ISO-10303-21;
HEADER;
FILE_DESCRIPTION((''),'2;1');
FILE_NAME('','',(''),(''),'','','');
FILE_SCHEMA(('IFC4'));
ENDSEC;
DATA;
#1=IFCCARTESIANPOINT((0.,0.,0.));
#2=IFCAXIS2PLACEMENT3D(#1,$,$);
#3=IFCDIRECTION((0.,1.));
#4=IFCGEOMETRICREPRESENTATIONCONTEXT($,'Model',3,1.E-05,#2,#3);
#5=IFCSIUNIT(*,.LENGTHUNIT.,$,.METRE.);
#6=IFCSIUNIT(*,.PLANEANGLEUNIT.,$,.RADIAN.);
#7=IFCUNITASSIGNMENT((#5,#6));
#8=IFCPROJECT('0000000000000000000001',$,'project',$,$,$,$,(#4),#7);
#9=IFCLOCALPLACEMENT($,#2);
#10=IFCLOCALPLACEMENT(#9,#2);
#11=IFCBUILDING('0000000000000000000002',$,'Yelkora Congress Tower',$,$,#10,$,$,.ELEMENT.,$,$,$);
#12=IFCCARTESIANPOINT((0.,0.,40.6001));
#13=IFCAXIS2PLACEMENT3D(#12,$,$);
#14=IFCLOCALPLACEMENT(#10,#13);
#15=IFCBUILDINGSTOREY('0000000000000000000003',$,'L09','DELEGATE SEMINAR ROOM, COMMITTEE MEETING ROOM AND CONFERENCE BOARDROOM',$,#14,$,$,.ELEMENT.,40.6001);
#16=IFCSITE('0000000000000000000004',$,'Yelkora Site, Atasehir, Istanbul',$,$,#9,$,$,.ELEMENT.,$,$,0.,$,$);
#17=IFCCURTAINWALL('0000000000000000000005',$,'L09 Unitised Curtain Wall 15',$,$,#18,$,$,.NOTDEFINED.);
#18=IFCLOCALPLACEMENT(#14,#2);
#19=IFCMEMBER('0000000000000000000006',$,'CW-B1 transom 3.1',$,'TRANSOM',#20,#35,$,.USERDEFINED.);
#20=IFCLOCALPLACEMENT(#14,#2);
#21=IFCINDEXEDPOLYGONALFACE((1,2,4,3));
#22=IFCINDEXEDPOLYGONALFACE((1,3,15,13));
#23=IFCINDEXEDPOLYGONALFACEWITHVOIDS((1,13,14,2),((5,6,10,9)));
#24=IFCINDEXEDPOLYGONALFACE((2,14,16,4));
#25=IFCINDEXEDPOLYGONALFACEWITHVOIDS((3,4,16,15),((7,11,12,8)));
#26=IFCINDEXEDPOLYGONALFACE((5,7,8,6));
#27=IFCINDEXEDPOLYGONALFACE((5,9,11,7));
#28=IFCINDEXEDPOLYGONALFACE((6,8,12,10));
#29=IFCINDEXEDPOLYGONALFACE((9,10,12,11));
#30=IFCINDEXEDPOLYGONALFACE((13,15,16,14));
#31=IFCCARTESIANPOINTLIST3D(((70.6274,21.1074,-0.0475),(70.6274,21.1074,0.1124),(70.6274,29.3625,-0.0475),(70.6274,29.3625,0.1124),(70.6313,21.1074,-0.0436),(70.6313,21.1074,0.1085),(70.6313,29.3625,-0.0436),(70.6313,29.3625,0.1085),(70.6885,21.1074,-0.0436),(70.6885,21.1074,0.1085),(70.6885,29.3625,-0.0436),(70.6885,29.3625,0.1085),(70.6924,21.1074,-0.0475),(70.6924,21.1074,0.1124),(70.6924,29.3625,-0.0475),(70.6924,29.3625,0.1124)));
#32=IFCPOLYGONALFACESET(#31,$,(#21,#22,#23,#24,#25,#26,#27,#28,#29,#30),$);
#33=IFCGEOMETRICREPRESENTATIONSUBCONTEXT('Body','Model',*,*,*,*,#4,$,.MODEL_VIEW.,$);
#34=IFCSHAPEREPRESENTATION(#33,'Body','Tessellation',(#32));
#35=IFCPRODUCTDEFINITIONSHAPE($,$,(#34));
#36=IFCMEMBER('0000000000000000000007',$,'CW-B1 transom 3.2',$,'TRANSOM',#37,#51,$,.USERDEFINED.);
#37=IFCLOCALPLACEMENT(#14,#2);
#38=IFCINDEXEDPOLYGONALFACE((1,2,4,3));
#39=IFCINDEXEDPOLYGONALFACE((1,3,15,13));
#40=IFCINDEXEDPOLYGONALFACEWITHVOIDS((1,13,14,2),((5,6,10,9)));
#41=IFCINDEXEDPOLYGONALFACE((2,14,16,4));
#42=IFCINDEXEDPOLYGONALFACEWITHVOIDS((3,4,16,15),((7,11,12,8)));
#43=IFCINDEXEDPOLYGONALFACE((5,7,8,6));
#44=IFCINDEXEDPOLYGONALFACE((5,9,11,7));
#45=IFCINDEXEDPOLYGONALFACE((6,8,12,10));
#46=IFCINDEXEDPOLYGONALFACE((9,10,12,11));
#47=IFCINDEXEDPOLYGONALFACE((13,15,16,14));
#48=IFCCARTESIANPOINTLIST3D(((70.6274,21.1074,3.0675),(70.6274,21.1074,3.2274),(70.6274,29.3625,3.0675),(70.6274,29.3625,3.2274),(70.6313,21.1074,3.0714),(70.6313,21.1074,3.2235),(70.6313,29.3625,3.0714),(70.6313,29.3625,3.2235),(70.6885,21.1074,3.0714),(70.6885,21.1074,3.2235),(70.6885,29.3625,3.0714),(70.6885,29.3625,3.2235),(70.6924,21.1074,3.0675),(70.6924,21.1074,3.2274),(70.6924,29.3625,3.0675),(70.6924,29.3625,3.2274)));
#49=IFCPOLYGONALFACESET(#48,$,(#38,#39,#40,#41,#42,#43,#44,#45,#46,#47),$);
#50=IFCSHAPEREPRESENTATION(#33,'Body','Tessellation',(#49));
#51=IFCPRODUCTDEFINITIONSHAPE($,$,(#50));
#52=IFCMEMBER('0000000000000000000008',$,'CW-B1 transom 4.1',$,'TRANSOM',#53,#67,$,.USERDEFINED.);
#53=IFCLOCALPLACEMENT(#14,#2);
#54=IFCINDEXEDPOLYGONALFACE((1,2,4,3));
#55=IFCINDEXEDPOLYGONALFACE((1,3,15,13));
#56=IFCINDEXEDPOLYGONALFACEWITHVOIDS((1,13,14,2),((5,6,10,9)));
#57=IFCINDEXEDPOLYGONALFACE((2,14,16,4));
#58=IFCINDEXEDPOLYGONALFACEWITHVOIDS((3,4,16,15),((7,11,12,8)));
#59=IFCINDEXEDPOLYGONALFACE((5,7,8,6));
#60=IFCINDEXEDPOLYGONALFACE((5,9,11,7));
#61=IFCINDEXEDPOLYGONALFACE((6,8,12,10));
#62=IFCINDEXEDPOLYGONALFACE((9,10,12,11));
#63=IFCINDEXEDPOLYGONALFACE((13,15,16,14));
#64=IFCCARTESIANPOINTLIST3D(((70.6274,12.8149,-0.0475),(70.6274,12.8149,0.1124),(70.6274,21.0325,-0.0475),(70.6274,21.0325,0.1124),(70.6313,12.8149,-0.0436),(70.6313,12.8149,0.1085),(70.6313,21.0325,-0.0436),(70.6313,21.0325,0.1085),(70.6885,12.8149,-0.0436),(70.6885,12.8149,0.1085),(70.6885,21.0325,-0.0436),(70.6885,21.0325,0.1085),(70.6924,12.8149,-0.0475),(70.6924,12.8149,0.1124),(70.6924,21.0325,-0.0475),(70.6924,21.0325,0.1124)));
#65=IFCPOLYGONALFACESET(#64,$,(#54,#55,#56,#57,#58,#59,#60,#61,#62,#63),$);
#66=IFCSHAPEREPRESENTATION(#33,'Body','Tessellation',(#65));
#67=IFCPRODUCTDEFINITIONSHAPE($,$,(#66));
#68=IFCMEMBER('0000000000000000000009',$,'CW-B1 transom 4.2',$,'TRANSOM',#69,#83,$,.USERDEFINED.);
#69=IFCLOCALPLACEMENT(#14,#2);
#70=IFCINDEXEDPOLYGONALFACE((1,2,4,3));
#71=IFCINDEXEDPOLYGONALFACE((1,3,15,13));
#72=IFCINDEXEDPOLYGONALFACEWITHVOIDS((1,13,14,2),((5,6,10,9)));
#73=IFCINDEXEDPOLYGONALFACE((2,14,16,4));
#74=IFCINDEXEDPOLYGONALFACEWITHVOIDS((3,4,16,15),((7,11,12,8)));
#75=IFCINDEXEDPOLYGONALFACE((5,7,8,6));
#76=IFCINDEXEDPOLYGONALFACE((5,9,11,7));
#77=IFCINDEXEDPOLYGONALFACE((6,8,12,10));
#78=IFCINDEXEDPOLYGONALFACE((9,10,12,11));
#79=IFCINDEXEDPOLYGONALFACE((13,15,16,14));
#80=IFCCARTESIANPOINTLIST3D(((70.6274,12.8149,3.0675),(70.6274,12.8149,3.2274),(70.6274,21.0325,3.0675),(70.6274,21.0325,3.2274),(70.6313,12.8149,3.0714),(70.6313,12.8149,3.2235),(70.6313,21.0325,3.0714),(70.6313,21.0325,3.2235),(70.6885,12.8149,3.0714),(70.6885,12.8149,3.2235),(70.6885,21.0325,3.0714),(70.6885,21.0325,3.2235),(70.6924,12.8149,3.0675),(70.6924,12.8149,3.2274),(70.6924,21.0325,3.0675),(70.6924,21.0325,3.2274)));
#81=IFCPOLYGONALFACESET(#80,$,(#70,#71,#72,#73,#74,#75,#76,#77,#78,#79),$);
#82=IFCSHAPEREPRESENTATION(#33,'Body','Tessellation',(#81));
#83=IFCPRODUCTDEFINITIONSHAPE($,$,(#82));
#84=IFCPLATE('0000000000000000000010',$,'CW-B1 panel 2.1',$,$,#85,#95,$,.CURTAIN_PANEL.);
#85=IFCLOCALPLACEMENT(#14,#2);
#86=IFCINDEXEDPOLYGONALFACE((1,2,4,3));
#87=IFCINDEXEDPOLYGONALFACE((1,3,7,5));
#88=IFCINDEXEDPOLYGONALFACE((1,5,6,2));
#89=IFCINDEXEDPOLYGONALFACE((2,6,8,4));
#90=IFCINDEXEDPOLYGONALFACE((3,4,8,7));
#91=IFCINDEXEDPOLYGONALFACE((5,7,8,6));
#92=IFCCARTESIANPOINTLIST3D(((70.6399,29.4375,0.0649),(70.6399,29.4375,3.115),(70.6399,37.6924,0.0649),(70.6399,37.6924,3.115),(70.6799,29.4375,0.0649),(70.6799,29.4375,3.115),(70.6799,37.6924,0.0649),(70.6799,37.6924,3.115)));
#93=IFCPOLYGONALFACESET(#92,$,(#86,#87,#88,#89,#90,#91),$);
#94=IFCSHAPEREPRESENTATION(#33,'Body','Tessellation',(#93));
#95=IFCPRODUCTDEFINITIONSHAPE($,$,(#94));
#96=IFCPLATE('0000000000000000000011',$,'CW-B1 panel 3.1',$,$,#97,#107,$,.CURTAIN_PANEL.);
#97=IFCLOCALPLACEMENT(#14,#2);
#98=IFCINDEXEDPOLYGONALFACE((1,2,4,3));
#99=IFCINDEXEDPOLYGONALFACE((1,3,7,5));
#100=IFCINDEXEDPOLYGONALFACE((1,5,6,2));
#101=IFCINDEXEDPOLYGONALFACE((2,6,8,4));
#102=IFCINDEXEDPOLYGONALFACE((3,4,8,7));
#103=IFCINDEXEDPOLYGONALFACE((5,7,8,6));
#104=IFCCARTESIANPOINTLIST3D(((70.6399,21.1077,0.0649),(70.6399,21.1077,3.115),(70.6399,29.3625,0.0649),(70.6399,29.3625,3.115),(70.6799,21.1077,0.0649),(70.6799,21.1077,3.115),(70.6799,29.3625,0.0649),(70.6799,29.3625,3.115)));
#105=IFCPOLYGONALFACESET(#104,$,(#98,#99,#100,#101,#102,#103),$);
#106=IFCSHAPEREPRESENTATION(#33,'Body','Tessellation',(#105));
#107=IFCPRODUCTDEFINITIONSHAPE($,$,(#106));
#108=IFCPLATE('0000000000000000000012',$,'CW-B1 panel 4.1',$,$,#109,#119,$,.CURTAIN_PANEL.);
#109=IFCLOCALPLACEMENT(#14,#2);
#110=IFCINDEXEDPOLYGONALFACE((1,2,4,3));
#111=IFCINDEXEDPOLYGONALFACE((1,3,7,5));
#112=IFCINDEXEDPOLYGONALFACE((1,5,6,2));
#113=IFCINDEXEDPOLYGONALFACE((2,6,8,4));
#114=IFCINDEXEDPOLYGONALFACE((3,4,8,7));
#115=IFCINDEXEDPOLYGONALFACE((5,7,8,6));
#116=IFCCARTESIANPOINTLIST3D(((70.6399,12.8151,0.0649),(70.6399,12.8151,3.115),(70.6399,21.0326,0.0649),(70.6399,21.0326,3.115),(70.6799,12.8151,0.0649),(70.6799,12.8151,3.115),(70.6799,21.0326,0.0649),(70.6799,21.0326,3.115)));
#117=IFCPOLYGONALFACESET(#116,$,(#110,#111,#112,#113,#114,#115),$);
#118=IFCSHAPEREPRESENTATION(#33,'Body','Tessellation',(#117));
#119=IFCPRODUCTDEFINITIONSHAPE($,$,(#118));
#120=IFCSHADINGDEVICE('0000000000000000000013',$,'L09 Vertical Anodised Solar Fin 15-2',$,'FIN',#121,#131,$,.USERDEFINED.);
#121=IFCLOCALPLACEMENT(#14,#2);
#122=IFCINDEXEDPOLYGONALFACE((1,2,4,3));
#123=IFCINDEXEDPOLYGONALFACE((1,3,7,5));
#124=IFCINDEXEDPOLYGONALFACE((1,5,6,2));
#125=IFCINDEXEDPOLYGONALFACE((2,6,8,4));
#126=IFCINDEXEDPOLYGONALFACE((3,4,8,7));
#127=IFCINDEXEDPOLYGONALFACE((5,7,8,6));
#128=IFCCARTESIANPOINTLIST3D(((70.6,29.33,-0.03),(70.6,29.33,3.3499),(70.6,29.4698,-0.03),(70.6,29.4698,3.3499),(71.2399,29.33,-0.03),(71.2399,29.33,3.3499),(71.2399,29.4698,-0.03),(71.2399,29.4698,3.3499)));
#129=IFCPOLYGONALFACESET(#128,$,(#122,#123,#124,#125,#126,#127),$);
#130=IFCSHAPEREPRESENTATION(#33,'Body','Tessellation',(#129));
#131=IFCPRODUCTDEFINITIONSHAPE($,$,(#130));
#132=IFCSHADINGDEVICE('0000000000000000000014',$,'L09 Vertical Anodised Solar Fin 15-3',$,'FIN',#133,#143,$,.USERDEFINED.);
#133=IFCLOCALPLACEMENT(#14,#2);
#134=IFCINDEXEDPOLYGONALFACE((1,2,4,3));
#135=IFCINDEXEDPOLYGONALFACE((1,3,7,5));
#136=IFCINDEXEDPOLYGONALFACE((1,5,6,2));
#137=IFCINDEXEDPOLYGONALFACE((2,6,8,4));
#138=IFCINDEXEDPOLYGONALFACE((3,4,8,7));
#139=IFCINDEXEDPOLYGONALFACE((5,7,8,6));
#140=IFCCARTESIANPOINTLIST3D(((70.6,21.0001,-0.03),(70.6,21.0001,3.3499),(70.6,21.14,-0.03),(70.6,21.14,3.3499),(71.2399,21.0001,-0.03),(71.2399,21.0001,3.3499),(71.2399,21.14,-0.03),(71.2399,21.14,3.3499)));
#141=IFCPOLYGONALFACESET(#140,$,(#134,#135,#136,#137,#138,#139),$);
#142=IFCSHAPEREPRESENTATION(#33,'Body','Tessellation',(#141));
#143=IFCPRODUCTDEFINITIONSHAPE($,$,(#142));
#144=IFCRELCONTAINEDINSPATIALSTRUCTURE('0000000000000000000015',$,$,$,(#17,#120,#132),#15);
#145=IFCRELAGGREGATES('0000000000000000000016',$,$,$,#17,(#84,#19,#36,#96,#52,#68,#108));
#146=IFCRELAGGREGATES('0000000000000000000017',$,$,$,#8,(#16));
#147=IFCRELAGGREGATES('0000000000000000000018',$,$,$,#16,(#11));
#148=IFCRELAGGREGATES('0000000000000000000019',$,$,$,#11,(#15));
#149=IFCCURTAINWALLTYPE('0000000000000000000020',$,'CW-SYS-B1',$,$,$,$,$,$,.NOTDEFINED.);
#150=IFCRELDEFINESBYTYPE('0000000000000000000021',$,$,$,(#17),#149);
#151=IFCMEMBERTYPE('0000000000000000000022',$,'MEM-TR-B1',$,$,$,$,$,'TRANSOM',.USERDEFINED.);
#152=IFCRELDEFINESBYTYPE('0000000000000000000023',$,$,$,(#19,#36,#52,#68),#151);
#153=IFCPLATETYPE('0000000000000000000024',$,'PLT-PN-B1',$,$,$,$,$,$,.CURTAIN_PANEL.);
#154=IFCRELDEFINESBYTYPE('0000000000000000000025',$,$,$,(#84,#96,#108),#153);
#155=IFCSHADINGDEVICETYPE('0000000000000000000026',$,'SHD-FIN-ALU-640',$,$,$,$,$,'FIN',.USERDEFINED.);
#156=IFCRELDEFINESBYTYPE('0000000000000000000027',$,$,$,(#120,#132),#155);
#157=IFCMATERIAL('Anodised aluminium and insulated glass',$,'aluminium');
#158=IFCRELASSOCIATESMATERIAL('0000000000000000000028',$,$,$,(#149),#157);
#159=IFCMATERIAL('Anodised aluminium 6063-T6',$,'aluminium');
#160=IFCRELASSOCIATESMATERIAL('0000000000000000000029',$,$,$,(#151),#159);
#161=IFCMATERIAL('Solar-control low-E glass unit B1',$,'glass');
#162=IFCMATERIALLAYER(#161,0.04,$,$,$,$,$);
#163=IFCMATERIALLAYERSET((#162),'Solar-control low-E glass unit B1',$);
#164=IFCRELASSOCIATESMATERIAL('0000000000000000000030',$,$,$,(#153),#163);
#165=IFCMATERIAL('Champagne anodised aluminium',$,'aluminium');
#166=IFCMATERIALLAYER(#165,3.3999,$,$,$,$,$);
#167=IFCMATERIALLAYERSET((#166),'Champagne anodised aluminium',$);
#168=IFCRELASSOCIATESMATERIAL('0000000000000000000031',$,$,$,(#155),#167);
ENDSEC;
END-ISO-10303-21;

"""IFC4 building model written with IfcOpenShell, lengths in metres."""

from ifc_helpers import new_model, si_unit, direction, frame, origin, origin_2d, place, context, subcontext, project, spatial, rectangle, hollow_rectangle, extrude, material, layer, layer_set, material_profile, profile_set, type_object, element, aggregate, save


model = new_model("IFC4")

# Units and contexts
model_context = context("Model", 3, precision=1e-05, world=origin(), true_north=direction((0.0, 1.0)))
body_context = subcontext(model_context, "Body", "Model", "MODEL_VIEW")
ifc_project = project(units=[si_unit("LENGTHUNIT", "METRE"), si_unit("PLANEANGLEUNIT", "RADIAN")], contexts=[model_context])

# Site, building, storey
site_placement = place(None, origin())
site = spatial("IfcSite", under=ifc_project, at=site_placement, Name="Yelkora Site, Atasehir, Istanbul", CompositionType="ELEMENT", RefElevation=0.0)
building_placement = place(site_placement, origin())
building = spatial("IfcBuilding", under=site, at=building_placement, Name="Yelkora Congress Tower", CompositionType="ELEMENT")
storey_placement = place(building_placement, frame((0.0, 0.0, 40.6001)))
storey = spatial("IfcBuildingStorey", under=building, at=storey_placement, Name="L09", Description="DELEGATE SEMINAR ROOM, COMMITTEE MEETING ROOM AND CONFERENCE BOARDROOM", CompositionType="ELEMENT", Elevation=40.6001)

# Curtain wall, members, plates
ifc_material_1 = material(Name="Anodised aluminium and insulated glass", Category="aluminium")
curtain_wall_type = type_object("IfcCurtainWallType", Name="CW-SYS-B1", PredefinedType="NOTDEFINED", material=ifc_material_1)
curtain_wall_placement = place(storey_placement, origin())
curtain_wall = element("IfcCurtainWall", 1, at=curtain_wall_placement, inside=storey, type_object=curtain_wall_type, Name="L09 Unitised Curtain Wall 15", PredefinedType="NOTDEFINED")
ifc_material_2 = material(Name="Anodised aluminium 6063-T6", Category="aluminium")
ifc_material_profile_1 = material_profile(ifc_material_2, hollow_rectangle(XDim=0.0649, YDim=0.1599, WallThickness=0.0039, at=origin_2d()), Name="ALU 65x160x4")
ifc_profile_set_1 = profile_set([ifc_material_profile_1], Name="Anodised aluminium 6063-T6")
member_type_1 = type_object("IfcMemberType", Name="MEM-TR-B1", ElementType="TRANSOM", PredefinedType="USERDEFINED", material=ifc_profile_set_1)
member_1_placement = place(storey_placement, frame((70.6599, 29.3625, 0.0325), z_axis=(0.0, -1.0, 0.0), x_axis=(1.0, 0.0, 0.0)))
member_1 = element("IfcMember", 2, at=member_1_placement, type_object=member_type_1, Name="CW-B1 transom 3.1", ObjectType="TRANSOM", PredefinedType="USERDEFINED", context=body_context, shape_type="SweptSolid", body=[
    extrude(hollow_rectangle(XDim=0.0649, YDim=0.1599, WallThickness=0.0039, at=origin_2d()), origin(), (0.0, 0.0, 1.0), 8.2551),
])
member_2_placement = place(storey_placement, frame((70.6599, 29.3625, 3.1475), z_axis=(0.0, -1.0, 0.0), x_axis=(1.0, 0.0, 0.0)))
member_2 = element("IfcMember", 3, at=member_2_placement, type_object=member_type_1, Name="CW-B1 transom 3.2", ObjectType="TRANSOM", PredefinedType="USERDEFINED", context=body_context, shape_type="SweptSolid", body=[
    extrude(hollow_rectangle(XDim=0.0649, YDim=0.1599, WallThickness=0.0039, at=origin_2d()), origin(), (0.0, 0.0, 1.0), 8.2551),
])
member_3_placement = place(storey_placement, frame((70.6599, 21.0325, 0.0325), z_axis=(0.0, -1.0, 0.0), x_axis=(1.0, 0.0, 0.0)))
member_3 = element("IfcMember", 4, at=member_3_placement, type_object=member_type_1, Name="CW-B1 transom 4.1", ObjectType="TRANSOM", PredefinedType="USERDEFINED", context=body_context, shape_type="SweptSolid", body=[
    extrude(hollow_rectangle(XDim=0.0649, YDim=0.1599, WallThickness=0.0039, at=origin_2d()), origin(), (0.0, 0.0, 1.0), 8.2175),
])
member_4_placement = place(storey_placement, frame((70.6599, 21.0325, 3.1475), z_axis=(0.0, -1.0, 0.0), x_axis=(1.0, 0.0, 0.0)))
member_4 = element("IfcMember", 5, at=member_4_placement, type_object=member_type_1, Name="CW-B1 transom 4.2", ObjectType="TRANSOM", PredefinedType="USERDEFINED", context=body_context, shape_type="SweptSolid", body=[
    extrude(hollow_rectangle(XDim=0.0649, YDim=0.1599, WallThickness=0.0039, at=origin_2d()), origin(), (0.0, 0.0, 1.0), 8.2175),
])
ifc_material_3 = material(Name="Solar-control low-E glass unit B1", Category="glass")
ifc_layer_1 = layer(ifc_material_3, 0.04)
ifc_layer_set_1 = layer_set([ifc_layer_1], Name="Solar-control low-E glass unit B1")
plate_type = type_object("IfcPlateType", Name="PLT-PN-B1", PredefinedType="CURTAIN_PANEL", material=ifc_layer_set_1)
plate_1_placement = place(storey_placement, frame((70.6599, 33.5649, 0.0649), z_axis=(0.0, 0.0, 1.0), x_axis=(0.0, -1.0, 0.0)))
plate_1 = element("IfcPlate", 6, at=plate_1_placement, type_object=plate_type, Name="CW-B1 panel 2.1", PredefinedType="CURTAIN_PANEL", context=body_context, shape_type="SweptSolid", body=[
    extrude(rectangle(XDim=8.2549, YDim=0.04, at=origin_2d()), origin(), (0.0, 0.0, 1.0), 3.05),
])
plate_2_placement = place(storey_placement, frame((70.6599, 25.2351, 0.0649), z_axis=(0.0, 0.0, 1.0), x_axis=(0.0, -1.0, 0.0)))
plate_2 = element("IfcPlate", 7, at=plate_2_placement, type_object=plate_type, Name="CW-B1 panel 3.1", PredefinedType="CURTAIN_PANEL", context=body_context, shape_type="SweptSolid", body=[
    extrude(rectangle(XDim=8.2549, YDim=0.04, at=origin_2d()), origin(), (0.0, 0.0, 1.0), 3.05),
])
plate_3_placement = place(storey_placement, frame((70.6599, 16.9238, 0.0649), z_axis=(0.0, 0.0, 1.0), x_axis=(0.0, -1.0, 0.0)))
plate_3 = element("IfcPlate", 8, at=plate_3_placement, type_object=plate_type, Name="CW-B1 panel 4.1", PredefinedType="CURTAIN_PANEL", context=body_context, shape_type="SweptSolid", body=[
    extrude(rectangle(XDim=8.2175, YDim=0.04, at=origin_2d()), origin(), (0.0, 0.0, 1.0), 3.05),
])
aggregate(curtain_wall, [plate_1, member_1, member_2, plate_2, member_3, member_4, plate_3])

# Shading devices
ifc_material_4 = material(Name="Champagne anodised aluminium", Category="aluminium")
ifc_layer_2 = layer(ifc_material_4, 3.3999)
ifc_layer_set_2 = layer_set([ifc_layer_2], Name="Champagne anodised aluminium")
shading_device_type = type_object("IfcShadingDeviceType", Name="SHD-FIN-ALU-640", ElementType="FIN", PredefinedType="USERDEFINED", material=ifc_layer_set_2)
for number, where, z_axis, x_axis, name in (
    (9, (70.9199, 29.3999, -0.03), (0.0, 0.0, 1.0), (0.0, -1.0, 0.0), "L09 Vertical Anodised Solar Fin 15-2"),
    (10, (70.9199, 21.0701, -0.03), (0.0, 0.0, 1.0), (0.0, -1.0, 0.0), "L09 Vertical Anodised Solar Fin 15-3"),
):
    element("IfcShadingDevice", number, at=place(storey_placement, frame(where, z_axis=z_axis, x_axis=x_axis)), inside=storey, type_object=shading_device_type, Name=name, ObjectType="FIN", PredefinedType="USERDEFINED", context=body_context, shape_type="SweptSolid", body=[
        extrude(rectangle(XDim=0.1399, YDim=0.6399, at=origin_2d()), origin(), (0.0, 0.0, 1.0), 3.3799),
    ])

save(model, "model.ifc")
